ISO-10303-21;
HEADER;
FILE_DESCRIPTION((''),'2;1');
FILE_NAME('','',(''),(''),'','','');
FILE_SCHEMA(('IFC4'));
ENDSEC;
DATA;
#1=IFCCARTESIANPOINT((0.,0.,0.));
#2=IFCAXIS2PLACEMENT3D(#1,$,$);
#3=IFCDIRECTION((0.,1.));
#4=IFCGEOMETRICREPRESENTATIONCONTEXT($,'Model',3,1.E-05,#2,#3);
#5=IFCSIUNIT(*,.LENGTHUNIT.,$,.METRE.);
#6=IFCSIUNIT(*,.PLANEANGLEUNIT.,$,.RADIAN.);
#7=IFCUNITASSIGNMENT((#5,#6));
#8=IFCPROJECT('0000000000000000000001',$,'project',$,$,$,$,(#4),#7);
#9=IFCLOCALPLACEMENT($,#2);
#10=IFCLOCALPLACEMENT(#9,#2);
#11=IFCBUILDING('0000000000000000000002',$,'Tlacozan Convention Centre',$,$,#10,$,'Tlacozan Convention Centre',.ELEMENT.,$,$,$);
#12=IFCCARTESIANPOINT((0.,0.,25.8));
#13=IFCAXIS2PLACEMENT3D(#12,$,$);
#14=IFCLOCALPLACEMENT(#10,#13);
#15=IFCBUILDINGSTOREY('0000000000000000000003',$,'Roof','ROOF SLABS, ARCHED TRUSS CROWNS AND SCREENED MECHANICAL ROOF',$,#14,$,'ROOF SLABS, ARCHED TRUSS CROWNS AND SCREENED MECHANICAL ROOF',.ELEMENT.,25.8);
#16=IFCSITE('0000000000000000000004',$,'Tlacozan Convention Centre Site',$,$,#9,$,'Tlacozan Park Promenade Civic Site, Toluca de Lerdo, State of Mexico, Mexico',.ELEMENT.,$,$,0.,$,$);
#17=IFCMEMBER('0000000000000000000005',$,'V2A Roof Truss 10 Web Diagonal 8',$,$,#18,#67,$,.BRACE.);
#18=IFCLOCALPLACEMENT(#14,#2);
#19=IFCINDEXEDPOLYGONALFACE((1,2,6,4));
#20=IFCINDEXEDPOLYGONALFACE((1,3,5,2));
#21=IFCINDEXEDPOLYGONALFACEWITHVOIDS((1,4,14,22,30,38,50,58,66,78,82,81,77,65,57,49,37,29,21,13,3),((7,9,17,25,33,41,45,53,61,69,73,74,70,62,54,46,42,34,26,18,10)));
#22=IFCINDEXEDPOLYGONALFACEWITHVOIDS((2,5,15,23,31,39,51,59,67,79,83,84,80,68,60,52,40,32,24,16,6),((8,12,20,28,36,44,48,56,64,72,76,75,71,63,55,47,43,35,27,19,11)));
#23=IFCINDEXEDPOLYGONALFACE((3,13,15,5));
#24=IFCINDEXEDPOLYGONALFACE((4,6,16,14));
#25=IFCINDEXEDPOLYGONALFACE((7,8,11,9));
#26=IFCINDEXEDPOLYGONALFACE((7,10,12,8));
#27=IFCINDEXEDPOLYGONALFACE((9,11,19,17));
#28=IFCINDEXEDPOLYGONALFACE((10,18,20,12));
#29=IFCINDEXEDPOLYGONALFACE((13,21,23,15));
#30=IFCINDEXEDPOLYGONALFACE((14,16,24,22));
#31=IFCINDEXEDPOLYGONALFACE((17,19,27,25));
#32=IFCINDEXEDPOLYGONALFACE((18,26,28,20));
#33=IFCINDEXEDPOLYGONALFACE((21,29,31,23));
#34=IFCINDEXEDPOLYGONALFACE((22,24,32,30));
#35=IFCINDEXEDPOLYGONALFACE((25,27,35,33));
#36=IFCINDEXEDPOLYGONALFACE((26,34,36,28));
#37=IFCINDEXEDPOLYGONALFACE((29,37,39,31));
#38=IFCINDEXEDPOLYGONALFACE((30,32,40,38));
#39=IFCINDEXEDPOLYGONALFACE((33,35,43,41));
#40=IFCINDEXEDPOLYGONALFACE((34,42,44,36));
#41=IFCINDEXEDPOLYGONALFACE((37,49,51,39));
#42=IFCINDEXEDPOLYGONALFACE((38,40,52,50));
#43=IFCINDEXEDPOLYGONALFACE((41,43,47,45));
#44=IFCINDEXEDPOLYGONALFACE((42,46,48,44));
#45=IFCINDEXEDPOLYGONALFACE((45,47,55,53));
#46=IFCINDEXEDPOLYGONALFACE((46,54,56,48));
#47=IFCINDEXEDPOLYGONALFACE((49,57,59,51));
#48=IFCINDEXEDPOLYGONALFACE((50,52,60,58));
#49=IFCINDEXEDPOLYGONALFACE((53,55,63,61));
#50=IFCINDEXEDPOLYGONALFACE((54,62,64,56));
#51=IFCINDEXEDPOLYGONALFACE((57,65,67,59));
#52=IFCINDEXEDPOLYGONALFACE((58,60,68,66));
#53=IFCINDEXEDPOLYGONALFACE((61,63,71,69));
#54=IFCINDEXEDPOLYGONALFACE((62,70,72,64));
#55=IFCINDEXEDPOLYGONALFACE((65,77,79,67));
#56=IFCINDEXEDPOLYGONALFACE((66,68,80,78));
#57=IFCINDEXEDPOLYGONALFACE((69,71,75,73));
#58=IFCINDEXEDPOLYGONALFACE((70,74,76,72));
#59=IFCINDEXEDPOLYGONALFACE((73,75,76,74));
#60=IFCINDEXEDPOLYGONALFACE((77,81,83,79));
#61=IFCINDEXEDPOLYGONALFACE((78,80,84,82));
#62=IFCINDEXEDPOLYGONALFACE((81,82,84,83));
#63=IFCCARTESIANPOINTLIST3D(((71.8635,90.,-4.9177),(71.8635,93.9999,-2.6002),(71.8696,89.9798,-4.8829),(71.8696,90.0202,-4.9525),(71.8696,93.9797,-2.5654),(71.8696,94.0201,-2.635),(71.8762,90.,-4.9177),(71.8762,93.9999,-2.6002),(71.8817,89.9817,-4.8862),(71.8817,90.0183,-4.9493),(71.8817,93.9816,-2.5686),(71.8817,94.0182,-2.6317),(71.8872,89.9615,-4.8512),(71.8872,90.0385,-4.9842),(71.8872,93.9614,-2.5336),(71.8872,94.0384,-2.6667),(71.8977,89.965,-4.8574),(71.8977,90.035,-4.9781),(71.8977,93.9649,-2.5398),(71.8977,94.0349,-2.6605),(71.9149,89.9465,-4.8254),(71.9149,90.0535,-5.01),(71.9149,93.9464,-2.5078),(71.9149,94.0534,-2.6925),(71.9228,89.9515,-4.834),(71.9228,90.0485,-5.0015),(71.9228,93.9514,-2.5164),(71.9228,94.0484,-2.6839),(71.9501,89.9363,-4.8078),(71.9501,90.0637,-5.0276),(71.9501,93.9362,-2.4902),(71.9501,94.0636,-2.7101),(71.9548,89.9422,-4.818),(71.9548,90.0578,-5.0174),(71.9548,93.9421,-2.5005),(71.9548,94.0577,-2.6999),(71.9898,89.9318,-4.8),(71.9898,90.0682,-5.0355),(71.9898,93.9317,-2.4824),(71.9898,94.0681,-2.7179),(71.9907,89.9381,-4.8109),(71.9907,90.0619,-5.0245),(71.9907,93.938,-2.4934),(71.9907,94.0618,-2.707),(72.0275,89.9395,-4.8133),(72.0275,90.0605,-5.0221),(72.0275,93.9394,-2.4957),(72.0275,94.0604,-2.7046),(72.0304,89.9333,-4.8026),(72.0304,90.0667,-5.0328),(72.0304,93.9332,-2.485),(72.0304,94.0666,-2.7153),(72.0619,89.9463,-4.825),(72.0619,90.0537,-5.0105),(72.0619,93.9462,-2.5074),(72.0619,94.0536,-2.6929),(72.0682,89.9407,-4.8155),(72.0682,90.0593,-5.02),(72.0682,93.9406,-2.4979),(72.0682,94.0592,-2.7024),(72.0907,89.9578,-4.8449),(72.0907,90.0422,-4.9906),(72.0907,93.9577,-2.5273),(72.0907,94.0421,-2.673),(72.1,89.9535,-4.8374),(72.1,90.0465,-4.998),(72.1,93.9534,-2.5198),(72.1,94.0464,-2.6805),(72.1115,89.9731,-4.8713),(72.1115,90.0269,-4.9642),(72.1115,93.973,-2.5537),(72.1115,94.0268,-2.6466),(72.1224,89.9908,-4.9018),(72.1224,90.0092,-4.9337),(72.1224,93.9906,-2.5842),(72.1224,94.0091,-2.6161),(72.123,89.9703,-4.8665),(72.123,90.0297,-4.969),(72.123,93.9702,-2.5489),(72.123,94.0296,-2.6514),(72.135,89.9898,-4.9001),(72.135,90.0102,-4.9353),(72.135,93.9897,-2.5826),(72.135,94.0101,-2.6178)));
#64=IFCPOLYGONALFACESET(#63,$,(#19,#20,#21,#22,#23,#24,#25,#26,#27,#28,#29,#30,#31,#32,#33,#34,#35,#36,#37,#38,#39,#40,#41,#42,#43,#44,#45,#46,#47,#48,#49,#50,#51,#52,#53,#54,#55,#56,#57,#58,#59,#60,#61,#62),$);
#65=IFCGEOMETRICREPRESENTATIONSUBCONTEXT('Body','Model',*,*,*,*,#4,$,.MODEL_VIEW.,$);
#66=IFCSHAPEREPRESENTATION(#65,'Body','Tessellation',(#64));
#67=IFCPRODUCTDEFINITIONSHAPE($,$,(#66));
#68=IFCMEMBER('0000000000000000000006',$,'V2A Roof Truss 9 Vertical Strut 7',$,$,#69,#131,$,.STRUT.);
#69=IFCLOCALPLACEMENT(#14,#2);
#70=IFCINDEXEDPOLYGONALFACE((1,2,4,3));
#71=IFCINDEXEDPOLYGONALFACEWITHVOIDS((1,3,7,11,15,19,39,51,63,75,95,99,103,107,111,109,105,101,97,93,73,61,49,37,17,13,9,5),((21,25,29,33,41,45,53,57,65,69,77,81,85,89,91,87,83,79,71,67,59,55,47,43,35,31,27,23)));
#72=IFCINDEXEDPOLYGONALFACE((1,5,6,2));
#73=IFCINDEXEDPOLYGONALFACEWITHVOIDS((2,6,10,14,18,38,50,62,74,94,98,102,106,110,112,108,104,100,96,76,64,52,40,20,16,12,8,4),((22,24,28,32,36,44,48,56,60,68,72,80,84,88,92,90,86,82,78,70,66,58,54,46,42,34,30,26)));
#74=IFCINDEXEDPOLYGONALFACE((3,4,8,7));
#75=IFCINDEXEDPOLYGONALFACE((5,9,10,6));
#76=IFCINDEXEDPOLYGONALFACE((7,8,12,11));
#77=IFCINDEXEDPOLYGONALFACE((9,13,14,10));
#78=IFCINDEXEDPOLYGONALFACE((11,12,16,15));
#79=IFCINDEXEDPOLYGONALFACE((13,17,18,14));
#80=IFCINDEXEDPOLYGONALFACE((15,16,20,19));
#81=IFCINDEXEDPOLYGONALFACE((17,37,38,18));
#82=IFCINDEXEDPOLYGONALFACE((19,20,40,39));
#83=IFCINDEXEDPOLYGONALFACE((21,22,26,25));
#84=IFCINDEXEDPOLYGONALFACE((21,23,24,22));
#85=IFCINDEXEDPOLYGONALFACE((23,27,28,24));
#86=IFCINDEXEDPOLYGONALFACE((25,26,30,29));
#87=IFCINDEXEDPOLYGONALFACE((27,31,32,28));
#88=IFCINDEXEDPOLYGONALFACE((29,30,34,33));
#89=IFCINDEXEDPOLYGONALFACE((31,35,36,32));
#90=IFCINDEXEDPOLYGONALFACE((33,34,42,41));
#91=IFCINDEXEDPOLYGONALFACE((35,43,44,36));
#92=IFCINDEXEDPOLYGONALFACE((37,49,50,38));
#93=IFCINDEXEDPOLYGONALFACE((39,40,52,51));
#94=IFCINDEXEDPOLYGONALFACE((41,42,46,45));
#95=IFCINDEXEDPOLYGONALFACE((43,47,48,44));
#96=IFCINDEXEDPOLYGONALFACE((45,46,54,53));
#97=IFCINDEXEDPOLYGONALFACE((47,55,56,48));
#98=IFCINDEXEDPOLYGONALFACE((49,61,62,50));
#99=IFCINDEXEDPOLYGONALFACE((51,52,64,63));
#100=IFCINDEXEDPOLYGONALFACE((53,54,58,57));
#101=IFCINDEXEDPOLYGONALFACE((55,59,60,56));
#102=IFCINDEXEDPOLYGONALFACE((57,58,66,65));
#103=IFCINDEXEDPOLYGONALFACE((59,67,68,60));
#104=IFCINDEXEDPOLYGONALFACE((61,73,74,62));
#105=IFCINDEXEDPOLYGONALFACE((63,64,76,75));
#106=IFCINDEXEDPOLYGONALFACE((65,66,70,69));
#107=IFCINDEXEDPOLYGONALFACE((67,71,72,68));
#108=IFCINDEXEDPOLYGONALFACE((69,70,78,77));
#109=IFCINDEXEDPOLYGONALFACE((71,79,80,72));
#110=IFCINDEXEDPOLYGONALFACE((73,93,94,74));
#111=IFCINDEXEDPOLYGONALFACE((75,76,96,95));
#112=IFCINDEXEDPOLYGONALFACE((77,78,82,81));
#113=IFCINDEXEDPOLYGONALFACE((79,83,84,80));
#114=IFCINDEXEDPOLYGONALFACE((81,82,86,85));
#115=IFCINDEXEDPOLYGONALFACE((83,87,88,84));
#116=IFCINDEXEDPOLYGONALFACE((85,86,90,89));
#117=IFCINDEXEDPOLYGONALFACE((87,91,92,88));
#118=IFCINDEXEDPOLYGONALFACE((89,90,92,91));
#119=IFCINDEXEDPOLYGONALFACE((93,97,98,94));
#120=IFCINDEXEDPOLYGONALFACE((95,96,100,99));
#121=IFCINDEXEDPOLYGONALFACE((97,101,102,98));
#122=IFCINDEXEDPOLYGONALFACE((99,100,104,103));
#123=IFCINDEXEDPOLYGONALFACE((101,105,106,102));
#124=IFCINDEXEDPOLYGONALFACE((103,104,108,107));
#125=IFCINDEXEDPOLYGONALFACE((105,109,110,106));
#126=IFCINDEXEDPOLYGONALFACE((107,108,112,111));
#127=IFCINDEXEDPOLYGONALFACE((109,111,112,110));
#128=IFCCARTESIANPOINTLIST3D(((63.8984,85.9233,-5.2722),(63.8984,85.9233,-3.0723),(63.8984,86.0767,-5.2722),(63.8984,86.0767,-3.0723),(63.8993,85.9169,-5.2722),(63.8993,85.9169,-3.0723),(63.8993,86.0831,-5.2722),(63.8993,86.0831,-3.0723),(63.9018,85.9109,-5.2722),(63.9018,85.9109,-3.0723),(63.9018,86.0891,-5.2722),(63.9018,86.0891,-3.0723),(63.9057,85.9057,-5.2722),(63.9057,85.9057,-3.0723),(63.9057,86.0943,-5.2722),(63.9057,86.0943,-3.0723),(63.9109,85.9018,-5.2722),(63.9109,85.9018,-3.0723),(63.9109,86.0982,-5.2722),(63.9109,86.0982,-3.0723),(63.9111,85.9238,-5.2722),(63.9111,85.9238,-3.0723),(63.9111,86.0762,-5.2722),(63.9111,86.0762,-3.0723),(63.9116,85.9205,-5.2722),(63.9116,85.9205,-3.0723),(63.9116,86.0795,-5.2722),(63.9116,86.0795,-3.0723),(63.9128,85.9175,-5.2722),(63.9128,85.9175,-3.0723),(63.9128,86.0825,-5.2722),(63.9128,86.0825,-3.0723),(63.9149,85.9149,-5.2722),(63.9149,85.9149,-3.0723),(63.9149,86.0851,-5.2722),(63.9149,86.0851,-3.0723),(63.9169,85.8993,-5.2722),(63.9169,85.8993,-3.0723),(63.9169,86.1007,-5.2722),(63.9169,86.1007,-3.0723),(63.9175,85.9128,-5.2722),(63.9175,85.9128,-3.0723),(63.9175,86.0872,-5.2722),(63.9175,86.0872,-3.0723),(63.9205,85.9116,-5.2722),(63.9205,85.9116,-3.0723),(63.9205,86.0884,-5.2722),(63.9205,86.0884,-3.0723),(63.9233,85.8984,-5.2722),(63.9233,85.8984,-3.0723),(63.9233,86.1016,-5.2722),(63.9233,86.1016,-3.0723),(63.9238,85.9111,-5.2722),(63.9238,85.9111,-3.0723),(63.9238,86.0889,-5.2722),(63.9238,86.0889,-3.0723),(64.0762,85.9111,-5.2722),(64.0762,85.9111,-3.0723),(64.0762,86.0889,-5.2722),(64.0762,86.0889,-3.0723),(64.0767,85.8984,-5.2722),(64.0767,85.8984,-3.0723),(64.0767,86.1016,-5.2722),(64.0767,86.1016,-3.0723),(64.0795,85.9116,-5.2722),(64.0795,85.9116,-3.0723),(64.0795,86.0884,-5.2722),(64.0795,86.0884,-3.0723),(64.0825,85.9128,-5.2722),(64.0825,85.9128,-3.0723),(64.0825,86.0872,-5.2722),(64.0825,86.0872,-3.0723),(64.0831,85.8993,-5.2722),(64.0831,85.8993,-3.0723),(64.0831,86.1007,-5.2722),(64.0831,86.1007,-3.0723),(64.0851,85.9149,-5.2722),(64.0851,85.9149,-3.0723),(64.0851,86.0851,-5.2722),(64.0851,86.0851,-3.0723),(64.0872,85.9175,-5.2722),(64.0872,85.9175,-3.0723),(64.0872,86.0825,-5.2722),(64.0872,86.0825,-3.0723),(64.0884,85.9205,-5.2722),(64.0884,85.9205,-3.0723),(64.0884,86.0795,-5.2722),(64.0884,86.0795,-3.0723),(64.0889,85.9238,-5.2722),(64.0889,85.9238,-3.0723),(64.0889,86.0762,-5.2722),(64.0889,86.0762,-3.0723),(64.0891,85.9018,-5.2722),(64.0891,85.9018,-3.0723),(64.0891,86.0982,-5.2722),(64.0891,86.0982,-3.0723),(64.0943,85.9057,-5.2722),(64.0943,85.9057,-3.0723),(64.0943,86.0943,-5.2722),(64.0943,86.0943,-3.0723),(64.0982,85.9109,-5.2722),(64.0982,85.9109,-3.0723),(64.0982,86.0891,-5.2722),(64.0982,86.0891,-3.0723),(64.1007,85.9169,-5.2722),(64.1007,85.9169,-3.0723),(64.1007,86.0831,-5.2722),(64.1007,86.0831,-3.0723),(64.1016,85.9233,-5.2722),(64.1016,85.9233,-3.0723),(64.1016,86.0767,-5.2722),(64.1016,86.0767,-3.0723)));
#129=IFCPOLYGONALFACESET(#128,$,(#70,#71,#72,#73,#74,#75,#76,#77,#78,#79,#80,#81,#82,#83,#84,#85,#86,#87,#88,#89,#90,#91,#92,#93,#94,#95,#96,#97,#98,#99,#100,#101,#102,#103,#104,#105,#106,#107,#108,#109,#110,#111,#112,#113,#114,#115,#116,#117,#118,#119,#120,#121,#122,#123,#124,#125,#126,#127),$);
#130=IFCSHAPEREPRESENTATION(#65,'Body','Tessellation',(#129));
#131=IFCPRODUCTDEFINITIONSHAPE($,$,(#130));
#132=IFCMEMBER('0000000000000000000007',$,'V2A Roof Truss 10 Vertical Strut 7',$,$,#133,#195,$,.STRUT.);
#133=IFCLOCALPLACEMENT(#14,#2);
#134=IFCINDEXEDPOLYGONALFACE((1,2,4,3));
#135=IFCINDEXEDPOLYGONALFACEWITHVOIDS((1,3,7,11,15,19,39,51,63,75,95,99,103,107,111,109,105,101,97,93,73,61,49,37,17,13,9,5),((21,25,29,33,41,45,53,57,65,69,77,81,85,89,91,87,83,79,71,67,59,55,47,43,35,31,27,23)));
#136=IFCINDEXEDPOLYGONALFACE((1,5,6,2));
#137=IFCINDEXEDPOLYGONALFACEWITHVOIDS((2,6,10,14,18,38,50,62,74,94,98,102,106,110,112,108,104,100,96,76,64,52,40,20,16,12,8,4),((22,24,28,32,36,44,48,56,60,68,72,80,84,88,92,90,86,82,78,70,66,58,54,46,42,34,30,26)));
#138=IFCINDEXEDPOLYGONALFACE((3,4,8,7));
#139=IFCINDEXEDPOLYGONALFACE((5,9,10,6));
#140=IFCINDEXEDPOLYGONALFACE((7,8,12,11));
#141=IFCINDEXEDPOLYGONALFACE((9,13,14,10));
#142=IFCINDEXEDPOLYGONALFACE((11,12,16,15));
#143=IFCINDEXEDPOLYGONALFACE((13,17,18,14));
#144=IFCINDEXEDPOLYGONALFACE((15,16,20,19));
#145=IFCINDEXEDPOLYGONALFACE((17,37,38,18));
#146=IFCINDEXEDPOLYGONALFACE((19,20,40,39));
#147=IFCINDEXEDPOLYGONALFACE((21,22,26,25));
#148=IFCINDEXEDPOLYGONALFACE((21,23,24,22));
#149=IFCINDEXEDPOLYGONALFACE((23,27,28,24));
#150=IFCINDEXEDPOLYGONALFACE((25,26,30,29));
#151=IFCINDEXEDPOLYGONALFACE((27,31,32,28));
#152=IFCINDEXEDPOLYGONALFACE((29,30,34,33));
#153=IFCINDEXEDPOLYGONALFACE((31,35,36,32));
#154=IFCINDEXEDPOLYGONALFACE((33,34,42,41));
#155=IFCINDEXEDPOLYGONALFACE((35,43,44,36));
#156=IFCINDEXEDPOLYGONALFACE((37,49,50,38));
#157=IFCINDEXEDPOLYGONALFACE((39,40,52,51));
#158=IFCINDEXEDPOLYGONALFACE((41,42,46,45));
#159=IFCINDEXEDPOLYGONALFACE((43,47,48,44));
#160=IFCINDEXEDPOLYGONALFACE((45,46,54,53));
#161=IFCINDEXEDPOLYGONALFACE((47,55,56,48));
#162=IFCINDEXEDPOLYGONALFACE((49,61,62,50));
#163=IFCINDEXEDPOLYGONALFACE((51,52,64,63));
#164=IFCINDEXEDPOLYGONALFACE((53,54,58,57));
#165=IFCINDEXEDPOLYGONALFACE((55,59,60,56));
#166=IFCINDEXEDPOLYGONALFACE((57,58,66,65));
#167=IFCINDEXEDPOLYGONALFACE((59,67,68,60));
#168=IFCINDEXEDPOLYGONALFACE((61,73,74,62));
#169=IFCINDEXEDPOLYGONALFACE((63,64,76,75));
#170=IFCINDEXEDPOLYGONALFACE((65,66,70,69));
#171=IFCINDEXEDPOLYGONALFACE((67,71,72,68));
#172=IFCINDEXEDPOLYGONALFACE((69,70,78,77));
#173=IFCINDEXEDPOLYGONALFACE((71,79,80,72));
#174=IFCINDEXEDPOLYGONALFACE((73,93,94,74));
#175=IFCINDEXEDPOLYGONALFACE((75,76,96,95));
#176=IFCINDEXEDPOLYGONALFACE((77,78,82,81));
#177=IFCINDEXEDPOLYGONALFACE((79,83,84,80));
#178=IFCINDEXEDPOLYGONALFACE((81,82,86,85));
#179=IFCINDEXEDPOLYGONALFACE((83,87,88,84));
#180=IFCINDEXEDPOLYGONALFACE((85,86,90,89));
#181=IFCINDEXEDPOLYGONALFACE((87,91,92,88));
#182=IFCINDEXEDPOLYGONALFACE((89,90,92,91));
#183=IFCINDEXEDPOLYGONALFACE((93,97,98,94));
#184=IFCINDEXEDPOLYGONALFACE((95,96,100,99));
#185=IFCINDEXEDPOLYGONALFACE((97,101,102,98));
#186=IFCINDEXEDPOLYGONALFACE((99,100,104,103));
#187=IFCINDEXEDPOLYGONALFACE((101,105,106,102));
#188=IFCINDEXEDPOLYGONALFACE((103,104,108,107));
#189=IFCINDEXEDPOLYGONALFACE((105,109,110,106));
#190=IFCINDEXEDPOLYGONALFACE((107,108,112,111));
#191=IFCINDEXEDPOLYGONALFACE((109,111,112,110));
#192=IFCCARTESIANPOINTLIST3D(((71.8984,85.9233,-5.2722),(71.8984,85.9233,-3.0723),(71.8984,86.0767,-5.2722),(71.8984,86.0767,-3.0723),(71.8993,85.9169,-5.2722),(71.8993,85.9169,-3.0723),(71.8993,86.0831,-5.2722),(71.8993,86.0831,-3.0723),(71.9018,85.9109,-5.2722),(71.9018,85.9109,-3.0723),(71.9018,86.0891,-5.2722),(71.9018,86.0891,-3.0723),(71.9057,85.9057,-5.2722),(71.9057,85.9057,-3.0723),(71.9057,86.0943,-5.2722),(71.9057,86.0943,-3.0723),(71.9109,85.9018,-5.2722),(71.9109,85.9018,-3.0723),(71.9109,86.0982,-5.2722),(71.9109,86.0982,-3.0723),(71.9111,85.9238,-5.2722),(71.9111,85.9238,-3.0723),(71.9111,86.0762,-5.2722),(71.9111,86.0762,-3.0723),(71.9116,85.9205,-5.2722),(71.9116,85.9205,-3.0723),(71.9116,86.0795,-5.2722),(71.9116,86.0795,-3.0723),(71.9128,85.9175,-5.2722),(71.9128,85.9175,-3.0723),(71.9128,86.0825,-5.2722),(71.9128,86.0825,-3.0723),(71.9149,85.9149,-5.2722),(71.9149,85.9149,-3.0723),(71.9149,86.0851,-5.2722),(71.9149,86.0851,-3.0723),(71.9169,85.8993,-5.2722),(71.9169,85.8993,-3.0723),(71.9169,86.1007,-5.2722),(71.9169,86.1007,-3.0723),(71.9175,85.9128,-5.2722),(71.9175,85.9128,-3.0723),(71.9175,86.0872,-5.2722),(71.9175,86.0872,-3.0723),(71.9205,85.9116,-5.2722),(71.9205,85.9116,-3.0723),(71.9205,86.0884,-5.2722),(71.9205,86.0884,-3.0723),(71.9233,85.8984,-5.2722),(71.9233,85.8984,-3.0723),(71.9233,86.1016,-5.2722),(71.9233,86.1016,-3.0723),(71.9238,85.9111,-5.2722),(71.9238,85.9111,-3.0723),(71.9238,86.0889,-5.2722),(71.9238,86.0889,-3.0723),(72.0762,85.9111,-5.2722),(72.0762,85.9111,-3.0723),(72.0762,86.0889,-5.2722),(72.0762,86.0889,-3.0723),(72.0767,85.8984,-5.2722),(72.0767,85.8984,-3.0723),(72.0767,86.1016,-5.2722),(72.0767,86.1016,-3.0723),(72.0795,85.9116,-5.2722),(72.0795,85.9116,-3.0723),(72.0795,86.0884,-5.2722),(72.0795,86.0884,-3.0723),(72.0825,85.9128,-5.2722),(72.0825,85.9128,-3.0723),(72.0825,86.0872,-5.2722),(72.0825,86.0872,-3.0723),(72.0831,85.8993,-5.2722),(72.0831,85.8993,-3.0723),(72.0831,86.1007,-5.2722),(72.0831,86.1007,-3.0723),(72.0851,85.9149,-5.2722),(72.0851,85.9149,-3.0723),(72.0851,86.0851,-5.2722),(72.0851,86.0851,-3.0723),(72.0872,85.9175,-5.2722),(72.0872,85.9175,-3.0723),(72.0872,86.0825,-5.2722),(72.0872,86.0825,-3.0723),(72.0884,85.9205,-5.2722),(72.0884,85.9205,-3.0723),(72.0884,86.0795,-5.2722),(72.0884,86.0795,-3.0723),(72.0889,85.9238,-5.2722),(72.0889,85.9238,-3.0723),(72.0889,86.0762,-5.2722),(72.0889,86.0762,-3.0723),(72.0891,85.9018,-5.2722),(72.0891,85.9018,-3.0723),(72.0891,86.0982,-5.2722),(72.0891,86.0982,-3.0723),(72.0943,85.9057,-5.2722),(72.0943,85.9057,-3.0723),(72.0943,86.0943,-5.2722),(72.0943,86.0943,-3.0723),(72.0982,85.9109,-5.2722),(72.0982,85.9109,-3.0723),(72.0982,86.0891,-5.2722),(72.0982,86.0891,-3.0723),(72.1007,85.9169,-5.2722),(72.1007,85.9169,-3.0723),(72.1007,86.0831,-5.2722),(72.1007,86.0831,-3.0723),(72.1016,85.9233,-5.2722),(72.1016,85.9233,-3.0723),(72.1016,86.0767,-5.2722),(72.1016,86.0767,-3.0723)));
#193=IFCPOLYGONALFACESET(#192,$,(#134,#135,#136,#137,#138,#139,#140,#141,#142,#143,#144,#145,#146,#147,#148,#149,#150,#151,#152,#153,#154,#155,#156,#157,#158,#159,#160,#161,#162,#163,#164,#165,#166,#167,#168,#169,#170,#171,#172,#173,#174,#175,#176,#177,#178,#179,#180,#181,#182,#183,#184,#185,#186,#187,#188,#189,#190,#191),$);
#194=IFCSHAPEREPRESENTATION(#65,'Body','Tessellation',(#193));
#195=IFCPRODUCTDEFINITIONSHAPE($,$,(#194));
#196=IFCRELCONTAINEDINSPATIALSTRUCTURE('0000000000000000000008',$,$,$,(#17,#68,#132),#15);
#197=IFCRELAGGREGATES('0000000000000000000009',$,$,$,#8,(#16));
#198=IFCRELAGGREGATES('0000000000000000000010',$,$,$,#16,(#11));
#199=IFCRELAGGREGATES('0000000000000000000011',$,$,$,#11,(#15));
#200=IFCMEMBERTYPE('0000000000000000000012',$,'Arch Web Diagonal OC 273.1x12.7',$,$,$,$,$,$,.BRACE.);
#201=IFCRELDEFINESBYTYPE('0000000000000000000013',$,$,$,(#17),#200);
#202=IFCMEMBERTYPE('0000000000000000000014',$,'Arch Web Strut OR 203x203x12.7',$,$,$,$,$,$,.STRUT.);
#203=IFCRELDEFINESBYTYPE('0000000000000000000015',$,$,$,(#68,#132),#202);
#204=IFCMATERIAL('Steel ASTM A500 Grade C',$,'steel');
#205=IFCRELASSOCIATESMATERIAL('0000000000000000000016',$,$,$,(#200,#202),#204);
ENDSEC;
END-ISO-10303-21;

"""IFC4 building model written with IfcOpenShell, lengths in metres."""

from ifc_helpers import new_model, si_unit, direction, frame, origin, origin_2d, place, context, subcontext, project, spatial, hollow_rectangle, hollow_circle, extrude, material, material_profile, profile_set, type_object, element, save


model = new_model("IFC4")

# Units and contexts
model_context = context("Model", 3, precision=1e-05, world=origin(), true_north=direction((0.0, 1.0)))
body_context = subcontext(model_context, "Body", "Model", "MODEL_VIEW")
ifc_project = project(units=[si_unit("LENGTHUNIT", "METRE"), si_unit("PLANEANGLEUNIT", "RADIAN")], contexts=[model_context])

# Site, building, storey
site_placement = place(None, origin())
site = spatial("IfcSite", under=ifc_project, at=site_placement, Name="Tlacozan Convention Centre Site", LongName="Tlacozan Park Promenade Civic Site, Toluca de Lerdo, State of Mexico, Mexico", CompositionType="ELEMENT", RefElevation=0.0)
building_placement = place(site_placement, origin())
building = spatial("IfcBuilding", under=site, at=building_placement, Name="Tlacozan Convention Centre", LongName="Tlacozan Convention Centre", CompositionType="ELEMENT")
storey_placement = place(building_placement, frame((0.0, 0.0, 25.8)))
storey = spatial("IfcBuildingStorey", under=building, at=storey_placement, Name="Roof", Description="ROOF SLABS, ARCHED TRUSS CROWNS AND SCREENED MECHANICAL ROOF", LongName="ROOF SLABS, ARCHED TRUSS CROWNS AND SCREENED MECHANICAL ROOF", CompositionType="ELEMENT", Elevation=25.8)

# Members
ifc_material_1 = material(Name="Steel ASTM A500 Grade C", Category="steel")
ifc_material_profile_1 = material_profile(ifc_material_1, hollow_circle(Radius=0.1365, WallThickness=0.0127, at=origin_2d()), Name="OC 273.1x12.7")
ifc_profile_set_1 = profile_set([ifc_material_profile_1], Name="Steel ASTM A500 Grade C")
member_type_1 = type_object("IfcMemberType", Name="Arch Web Diagonal OC 273.1x12.7", PredefinedType="BRACE", material=ifc_profile_set_1)
member_1_placement = place(storey_placement, frame((72.0, 90.0, -4.9177), z_axis=(0.0, 0.865254, 0.501334), x_axis=(-1.0, 0.0, 0.0)))
element("IfcMember", 1, at=member_1_placement, inside=storey, type_object=member_type_1, Name="V2A Roof Truss 10 Web Diagonal 8", PredefinedType="BRACE", context=body_context, shape_type="SweptSolid", body=[
    extrude(hollow_circle(Radius=0.1365, WallThickness=0.0127, at=origin_2d()), origin(), (0.0, 0.0, 1.0), 4.6228),
])
ifc_material_profile_2 = material_profile(ifc_material_1, hollow_rectangle(XDim=0.2031, YDim=0.2031, WallThickness=0.0127, InnerFilletRadius=0.0127, OuterFilletRadius=0.0249, at=origin_2d()), Name="OR 203x203x12.7")
ifc_profile_set_2 = profile_set([ifc_material_profile_2], Name="Steel ASTM A500 Grade C")
member_type_2 = type_object("IfcMemberType", Name="Arch Web Strut OR 203x203x12.7", PredefinedType="STRUT", material=ifc_profile_set_2)
for number, where, z_axis, x_axis, name in (
    (2, (64.0, 86.0, -5.2722), (0.0, 0.0, 1.0), (1.0, 0.0, 0.0), "V2A Roof Truss 9 Vertical Strut 7"),
    (3, (72.0, 86.0, -5.2722), (0.0, 0.0, 1.0), (1.0, 0.0, 0.0), "V2A Roof Truss 10 Vertical Strut 7"),
):
    element("IfcMember", number, at=place(storey_placement, frame(where, z_axis=z_axis, x_axis=x_axis)), inside=storey, type_object=member_type_2, Name=name, PredefinedType="STRUT", context=body_context, shape_type="SweptSolid", body=[
        extrude(hollow_rectangle(XDim=0.2031, YDim=0.2031, WallThickness=0.0127, InnerFilletRadius=0.0127, OuterFilletRadius=0.0249, at=origin_2d()), origin(), (0.0, 0.0, 1.0), 2.2),
    ])

save(model, "model.ifc")
